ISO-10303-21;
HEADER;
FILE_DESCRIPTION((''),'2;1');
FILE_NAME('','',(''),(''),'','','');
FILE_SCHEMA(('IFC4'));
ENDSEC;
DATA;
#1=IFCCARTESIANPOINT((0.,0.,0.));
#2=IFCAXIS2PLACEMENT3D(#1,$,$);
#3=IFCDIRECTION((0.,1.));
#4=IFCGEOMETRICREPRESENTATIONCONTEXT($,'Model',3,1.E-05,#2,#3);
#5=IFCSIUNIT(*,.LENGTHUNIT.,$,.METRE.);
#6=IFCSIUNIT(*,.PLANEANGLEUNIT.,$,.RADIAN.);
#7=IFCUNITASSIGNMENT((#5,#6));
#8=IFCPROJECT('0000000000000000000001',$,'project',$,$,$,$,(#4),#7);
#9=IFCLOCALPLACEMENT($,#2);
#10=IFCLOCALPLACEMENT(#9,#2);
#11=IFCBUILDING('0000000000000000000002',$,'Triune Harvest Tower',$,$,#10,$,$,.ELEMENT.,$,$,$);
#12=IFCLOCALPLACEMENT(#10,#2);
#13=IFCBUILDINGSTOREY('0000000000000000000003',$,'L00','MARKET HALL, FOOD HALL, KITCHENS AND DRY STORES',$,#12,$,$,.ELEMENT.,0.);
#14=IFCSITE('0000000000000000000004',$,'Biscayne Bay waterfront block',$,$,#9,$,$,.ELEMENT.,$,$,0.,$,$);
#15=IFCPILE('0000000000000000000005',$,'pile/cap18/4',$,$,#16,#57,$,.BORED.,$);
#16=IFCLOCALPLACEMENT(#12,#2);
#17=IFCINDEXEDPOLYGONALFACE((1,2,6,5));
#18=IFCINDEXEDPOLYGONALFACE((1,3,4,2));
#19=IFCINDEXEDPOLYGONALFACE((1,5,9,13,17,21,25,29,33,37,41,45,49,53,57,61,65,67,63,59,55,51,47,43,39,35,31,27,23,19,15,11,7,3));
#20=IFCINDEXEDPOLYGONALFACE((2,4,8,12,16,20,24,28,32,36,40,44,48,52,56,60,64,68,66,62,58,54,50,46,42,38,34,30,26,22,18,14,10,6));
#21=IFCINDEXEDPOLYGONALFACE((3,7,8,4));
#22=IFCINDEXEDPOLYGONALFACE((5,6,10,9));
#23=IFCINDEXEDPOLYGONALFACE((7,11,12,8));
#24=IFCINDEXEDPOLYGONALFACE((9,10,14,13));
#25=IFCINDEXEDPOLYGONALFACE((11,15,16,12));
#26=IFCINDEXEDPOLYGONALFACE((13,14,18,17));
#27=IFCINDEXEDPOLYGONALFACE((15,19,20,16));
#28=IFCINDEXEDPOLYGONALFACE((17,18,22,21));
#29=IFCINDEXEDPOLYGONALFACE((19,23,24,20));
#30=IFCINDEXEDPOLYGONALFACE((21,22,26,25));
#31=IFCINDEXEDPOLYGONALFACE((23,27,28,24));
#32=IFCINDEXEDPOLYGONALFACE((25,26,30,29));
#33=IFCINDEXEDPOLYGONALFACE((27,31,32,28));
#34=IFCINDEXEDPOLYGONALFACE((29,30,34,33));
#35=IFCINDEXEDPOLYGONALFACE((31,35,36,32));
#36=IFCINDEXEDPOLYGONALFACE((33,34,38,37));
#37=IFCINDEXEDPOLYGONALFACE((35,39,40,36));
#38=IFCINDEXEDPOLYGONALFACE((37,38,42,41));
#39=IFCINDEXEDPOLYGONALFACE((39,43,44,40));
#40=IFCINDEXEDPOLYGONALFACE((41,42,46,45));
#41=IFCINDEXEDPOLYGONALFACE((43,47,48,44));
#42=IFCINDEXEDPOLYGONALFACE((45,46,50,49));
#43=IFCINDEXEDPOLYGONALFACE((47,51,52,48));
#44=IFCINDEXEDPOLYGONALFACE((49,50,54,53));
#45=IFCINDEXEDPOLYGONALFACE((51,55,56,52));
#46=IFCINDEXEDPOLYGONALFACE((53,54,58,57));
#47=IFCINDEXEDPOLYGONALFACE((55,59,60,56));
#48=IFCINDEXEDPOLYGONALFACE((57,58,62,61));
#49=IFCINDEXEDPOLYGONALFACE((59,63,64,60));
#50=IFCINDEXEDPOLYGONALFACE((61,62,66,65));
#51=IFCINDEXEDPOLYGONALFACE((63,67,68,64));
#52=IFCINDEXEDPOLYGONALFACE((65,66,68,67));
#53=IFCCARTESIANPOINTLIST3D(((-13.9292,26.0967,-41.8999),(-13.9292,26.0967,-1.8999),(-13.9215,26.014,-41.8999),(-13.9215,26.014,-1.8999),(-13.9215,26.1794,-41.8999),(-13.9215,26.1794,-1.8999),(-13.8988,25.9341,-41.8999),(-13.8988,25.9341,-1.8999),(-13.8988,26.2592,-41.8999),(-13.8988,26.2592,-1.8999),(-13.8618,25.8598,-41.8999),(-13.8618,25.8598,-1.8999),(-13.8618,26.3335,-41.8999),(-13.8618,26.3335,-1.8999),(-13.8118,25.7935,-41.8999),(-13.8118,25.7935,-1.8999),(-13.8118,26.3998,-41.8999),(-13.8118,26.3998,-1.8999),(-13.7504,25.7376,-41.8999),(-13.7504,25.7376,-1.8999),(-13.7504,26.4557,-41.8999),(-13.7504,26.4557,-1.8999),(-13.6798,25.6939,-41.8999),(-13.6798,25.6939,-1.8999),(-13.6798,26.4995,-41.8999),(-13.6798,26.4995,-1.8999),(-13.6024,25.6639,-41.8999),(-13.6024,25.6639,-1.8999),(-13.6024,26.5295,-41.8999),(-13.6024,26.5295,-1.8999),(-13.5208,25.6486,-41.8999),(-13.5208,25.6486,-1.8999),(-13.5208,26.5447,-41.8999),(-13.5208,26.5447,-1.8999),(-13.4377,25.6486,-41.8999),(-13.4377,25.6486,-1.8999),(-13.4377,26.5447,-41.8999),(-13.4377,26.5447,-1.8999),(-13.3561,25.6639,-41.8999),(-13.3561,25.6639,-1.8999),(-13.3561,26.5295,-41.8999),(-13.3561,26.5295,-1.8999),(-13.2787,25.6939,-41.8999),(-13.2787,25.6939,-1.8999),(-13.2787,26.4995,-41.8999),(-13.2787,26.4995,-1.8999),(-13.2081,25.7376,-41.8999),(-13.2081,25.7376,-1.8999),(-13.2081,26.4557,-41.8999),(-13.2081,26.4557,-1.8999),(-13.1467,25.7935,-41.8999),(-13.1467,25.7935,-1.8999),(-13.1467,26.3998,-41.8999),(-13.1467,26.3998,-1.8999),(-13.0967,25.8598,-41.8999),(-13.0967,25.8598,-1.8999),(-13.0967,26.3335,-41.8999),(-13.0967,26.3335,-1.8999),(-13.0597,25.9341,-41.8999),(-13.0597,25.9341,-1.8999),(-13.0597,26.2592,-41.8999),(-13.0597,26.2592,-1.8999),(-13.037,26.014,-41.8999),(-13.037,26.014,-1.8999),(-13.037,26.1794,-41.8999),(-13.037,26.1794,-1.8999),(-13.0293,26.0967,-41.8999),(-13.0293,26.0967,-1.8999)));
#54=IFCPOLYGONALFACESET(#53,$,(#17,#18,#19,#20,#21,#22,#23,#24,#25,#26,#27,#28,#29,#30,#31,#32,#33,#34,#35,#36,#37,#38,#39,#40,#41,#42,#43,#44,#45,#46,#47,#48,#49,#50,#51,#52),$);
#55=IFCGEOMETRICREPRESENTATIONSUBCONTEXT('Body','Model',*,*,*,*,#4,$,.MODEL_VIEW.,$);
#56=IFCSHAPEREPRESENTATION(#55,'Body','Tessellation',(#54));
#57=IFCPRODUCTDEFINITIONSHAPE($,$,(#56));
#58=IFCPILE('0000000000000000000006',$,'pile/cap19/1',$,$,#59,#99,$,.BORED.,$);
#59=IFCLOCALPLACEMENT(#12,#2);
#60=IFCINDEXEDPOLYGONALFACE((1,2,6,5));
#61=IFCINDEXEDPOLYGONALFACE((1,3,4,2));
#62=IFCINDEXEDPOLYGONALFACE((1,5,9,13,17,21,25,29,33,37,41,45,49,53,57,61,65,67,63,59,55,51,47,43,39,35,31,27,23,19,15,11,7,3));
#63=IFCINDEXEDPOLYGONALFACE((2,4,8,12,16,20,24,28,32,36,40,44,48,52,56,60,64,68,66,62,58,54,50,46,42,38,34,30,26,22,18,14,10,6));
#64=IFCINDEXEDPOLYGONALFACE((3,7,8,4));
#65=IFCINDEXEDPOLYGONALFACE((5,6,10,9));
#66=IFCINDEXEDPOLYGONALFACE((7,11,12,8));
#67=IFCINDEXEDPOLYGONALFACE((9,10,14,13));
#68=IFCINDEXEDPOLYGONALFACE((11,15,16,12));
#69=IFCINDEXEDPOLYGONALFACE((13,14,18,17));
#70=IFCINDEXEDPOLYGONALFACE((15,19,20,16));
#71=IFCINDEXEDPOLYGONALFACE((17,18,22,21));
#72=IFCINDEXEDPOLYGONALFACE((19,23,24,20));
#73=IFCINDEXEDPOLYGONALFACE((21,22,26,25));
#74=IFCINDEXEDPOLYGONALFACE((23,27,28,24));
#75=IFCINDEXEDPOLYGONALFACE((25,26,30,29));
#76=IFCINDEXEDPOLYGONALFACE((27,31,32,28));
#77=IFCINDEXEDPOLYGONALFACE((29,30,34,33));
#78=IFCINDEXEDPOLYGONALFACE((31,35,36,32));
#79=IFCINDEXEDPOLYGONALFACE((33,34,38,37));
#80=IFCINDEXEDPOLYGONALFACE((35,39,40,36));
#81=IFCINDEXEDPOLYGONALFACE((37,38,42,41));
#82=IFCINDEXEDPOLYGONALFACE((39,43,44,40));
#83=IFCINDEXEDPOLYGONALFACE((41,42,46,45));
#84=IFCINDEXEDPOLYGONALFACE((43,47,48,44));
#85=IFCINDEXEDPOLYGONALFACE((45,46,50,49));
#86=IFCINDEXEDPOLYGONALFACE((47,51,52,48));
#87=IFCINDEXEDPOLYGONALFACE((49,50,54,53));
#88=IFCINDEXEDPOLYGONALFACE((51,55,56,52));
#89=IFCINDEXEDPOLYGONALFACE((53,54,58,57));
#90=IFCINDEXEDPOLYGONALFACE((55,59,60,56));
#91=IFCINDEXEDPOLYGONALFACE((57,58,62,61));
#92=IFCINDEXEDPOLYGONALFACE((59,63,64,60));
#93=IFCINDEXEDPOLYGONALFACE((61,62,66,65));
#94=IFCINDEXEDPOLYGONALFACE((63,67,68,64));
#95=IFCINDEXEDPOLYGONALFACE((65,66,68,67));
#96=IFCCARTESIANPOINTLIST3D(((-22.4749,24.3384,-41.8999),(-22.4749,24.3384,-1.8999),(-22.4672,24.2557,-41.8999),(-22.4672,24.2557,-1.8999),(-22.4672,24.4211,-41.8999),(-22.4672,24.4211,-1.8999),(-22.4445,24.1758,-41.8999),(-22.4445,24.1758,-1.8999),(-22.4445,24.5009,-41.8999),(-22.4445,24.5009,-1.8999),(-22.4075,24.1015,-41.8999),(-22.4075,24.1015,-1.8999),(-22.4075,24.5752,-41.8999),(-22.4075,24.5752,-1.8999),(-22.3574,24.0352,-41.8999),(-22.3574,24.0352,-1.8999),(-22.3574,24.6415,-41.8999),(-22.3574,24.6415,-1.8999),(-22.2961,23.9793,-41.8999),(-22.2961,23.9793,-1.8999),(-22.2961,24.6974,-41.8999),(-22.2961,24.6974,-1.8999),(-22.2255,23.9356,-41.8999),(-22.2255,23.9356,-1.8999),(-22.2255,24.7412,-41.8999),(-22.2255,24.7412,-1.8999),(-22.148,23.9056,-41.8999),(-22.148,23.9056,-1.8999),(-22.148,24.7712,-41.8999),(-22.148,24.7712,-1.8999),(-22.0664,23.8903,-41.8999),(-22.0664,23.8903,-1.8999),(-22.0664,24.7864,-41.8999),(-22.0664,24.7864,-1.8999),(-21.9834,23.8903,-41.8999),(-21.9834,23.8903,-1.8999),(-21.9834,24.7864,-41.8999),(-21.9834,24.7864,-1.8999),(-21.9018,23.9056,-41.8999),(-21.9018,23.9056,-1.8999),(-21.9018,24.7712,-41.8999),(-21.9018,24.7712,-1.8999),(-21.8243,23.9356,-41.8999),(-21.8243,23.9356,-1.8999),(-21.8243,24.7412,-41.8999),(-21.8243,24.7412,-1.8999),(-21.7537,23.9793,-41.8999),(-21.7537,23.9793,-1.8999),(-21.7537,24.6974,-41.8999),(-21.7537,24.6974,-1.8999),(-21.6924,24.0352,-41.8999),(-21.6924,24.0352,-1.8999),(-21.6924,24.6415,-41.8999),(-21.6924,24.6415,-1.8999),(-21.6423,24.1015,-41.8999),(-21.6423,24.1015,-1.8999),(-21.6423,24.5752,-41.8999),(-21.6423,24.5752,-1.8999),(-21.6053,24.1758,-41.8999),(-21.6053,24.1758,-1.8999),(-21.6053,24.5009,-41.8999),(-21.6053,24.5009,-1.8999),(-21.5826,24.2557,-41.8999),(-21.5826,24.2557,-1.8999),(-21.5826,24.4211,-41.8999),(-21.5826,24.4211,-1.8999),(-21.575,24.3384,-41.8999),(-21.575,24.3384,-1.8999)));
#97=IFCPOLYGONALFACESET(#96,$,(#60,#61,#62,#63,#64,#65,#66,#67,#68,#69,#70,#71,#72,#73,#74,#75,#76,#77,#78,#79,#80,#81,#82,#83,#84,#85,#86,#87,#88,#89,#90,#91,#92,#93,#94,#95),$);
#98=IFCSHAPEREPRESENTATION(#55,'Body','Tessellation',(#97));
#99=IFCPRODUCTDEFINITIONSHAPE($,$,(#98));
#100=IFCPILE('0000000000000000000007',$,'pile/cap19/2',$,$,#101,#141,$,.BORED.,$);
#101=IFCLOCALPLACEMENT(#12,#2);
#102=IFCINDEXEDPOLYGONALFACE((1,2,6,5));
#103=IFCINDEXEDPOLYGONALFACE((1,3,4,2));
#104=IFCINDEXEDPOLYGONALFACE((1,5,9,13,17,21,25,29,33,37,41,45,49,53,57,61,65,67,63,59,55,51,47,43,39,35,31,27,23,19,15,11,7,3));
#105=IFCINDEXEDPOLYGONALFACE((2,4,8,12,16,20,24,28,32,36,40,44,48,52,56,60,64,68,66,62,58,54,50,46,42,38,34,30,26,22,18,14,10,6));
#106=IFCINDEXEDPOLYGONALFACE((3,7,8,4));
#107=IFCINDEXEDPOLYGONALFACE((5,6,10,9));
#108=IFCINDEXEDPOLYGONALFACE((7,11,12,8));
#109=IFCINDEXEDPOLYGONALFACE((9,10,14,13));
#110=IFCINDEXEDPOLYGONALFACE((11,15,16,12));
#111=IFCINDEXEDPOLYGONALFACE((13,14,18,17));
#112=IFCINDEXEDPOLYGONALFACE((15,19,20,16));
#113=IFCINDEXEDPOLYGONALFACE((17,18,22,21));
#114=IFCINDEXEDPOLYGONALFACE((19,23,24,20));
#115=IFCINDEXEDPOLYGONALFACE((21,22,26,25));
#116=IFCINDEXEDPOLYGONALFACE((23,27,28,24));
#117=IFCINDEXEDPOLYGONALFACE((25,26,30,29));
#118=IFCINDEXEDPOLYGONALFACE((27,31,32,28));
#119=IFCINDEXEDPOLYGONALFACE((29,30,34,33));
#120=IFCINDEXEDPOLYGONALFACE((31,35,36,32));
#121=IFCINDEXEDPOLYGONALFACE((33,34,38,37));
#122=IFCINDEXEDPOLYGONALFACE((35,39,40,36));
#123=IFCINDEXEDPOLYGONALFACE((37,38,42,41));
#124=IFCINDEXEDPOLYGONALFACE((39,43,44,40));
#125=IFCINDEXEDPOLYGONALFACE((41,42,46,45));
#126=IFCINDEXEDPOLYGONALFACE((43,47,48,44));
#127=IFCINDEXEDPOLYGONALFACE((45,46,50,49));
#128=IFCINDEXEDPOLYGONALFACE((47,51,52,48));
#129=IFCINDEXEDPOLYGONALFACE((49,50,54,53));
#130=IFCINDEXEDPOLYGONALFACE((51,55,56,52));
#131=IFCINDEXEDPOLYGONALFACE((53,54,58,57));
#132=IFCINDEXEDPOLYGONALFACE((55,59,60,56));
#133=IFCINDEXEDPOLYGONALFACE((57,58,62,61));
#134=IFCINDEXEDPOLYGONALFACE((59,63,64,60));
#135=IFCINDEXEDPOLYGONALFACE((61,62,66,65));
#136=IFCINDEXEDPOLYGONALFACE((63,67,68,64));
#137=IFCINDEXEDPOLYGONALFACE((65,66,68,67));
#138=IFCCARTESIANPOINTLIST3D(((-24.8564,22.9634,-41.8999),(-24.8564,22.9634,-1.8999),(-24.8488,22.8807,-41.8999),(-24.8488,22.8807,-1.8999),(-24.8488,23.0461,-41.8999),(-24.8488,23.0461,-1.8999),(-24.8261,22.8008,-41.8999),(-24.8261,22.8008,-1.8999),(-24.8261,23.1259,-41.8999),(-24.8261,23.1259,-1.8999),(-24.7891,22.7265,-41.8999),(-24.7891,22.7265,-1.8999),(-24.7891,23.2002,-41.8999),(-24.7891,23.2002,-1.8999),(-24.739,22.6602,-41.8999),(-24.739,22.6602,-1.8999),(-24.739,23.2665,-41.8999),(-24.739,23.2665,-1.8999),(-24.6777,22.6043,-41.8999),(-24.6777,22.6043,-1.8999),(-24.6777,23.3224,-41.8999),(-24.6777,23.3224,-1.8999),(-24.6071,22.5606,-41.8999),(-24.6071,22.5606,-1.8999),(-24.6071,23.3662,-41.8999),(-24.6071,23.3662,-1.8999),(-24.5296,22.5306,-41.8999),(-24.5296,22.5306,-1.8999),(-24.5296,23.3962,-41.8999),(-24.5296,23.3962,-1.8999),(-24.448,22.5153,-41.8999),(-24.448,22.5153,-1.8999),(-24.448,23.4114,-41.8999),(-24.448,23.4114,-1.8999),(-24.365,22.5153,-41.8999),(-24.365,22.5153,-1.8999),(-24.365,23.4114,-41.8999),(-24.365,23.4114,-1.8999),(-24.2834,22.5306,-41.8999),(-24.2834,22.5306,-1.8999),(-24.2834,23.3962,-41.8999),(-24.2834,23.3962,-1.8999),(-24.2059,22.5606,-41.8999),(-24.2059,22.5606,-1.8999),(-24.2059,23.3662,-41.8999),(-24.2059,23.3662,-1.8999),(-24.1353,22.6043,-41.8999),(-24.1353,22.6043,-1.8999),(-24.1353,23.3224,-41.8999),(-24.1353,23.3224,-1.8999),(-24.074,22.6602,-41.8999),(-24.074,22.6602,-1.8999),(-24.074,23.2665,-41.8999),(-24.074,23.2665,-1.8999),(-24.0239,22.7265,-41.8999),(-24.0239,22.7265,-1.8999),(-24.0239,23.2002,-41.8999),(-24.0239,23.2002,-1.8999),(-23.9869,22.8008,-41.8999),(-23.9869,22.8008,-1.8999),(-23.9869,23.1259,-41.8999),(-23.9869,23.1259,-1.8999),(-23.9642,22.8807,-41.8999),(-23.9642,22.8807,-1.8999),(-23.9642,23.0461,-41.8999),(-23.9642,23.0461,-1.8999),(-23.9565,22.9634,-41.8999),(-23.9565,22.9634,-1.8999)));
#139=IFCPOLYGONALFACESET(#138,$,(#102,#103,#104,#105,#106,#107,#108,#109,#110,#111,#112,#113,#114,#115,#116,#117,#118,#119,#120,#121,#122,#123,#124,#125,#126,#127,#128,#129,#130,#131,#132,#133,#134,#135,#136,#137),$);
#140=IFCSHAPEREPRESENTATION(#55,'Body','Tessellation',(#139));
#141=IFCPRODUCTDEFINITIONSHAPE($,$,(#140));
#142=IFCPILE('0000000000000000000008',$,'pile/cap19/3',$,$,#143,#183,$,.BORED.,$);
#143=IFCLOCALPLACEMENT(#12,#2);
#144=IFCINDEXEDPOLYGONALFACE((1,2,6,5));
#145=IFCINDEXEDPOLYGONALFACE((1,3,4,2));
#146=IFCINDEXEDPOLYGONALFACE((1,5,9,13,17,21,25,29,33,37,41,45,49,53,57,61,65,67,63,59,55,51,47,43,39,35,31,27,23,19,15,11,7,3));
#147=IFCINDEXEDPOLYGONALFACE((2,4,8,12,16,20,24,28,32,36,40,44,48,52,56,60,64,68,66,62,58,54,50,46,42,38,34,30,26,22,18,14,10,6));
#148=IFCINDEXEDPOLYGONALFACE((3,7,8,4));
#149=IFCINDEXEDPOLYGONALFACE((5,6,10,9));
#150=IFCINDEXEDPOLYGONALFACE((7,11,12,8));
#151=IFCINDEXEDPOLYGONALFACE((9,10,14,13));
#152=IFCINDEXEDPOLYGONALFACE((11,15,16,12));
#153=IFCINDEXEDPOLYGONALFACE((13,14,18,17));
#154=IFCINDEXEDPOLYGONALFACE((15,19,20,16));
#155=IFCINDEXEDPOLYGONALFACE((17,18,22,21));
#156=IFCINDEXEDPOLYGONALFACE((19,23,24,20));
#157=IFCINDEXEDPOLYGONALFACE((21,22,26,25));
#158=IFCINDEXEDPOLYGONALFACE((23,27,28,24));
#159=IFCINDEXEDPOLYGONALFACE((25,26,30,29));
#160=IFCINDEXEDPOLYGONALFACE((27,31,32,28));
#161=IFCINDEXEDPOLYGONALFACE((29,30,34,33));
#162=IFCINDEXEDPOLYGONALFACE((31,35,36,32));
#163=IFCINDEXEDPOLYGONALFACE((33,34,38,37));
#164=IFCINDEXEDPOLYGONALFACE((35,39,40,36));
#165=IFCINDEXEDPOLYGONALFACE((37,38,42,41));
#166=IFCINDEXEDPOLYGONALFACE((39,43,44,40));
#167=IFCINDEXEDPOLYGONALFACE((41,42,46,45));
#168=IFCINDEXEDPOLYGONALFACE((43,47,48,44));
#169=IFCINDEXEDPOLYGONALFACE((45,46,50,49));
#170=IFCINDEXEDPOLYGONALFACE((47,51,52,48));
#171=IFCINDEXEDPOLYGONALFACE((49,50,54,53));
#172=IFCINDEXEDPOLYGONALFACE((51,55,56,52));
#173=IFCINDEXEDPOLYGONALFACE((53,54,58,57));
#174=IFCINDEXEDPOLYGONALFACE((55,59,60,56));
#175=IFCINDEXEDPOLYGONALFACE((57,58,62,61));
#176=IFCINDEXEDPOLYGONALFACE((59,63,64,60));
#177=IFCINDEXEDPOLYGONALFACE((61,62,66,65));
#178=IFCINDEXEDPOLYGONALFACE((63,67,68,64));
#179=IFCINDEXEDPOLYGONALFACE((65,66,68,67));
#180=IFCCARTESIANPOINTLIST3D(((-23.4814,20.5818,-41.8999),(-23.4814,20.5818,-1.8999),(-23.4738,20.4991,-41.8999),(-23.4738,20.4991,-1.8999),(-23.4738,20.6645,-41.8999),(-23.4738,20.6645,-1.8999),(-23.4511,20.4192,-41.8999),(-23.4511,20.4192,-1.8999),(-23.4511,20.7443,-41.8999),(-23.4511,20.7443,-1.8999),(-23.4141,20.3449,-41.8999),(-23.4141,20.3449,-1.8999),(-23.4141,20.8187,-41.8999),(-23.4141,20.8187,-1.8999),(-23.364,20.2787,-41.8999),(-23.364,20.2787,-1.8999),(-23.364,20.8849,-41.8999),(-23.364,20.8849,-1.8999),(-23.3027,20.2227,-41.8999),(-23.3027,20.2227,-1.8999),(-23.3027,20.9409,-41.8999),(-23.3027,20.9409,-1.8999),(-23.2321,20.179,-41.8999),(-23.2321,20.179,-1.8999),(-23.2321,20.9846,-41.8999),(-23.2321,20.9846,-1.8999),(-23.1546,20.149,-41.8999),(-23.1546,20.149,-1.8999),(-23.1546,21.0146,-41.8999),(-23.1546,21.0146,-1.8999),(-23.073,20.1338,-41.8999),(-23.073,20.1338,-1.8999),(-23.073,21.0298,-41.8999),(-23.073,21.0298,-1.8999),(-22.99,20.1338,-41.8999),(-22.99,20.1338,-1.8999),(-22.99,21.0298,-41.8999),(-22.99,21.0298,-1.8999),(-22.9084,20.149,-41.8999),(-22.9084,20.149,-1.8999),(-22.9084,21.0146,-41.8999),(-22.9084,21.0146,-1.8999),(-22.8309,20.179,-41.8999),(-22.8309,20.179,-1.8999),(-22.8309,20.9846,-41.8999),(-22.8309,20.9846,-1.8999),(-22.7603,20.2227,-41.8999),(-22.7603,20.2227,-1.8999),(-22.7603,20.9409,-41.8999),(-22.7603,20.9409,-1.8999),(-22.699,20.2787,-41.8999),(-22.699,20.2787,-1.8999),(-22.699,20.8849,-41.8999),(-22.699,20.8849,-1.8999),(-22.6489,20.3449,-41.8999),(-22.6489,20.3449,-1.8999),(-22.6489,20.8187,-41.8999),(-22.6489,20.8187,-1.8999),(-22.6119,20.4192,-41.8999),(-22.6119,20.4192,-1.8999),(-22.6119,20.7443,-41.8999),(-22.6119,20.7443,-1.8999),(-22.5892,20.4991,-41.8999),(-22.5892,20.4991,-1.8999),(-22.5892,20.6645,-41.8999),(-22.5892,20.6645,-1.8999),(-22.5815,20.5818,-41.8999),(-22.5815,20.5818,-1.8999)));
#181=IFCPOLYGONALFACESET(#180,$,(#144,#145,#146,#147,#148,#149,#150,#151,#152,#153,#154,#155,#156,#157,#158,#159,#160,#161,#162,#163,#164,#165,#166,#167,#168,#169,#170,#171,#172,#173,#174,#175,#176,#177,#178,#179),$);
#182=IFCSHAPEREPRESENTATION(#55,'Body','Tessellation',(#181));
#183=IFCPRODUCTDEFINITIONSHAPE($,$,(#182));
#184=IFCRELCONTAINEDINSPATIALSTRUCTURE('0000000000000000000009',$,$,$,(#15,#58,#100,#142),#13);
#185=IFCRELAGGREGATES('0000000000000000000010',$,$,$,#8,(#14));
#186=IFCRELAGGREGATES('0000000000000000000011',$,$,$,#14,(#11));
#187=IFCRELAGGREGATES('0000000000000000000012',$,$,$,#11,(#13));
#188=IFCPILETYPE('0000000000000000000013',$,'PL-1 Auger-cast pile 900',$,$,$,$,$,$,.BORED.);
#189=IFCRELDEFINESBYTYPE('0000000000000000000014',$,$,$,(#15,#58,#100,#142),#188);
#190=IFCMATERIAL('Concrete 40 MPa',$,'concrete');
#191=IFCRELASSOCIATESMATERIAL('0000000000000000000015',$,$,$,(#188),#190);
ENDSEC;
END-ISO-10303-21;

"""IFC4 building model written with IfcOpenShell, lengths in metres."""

from ifc_helpers import new_model, si_unit, direction, frame, origin, origin_2d, place, context, subcontext, project, spatial, circle, extrude, source, transform, mapped, material, material_profile, profile_set, type_object, element, save


model = new_model("IFC4")

# Units and contexts
model_context = context("Model", 3, precision=1e-05, world=origin(), true_north=direction((0.0, 1.0)))
body_context = subcontext(model_context, "Body", "Model", "MODEL_VIEW")
ifc_project = project(units=[si_unit("LENGTHUNIT", "METRE"), si_unit("PLANEANGLEUNIT", "RADIAN")], contexts=[model_context])

# Site, building, storey
site_placement = place(None, origin())
site = spatial("IfcSite", under=ifc_project, at=site_placement, Name="Biscayne Bay waterfront block", CompositionType="ELEMENT", RefElevation=0.0)
building_placement = place(site_placement, origin())
building = spatial("IfcBuilding", under=site, at=building_placement, Name="Triune Harvest Tower", CompositionType="ELEMENT")
storey_placement = place(building_placement, origin())
storey = spatial("IfcBuildingStorey", under=building, at=storey_placement, Name="L00", Description="MARKET HALL, FOOD HALL, KITCHENS AND DRY STORES", CompositionType="ELEMENT", Elevation=0.0)

# Piles
ifc_material_1 = material(Name="Concrete 40 MPa", Category="concrete")
ifc_material_profile_1 = material_profile(ifc_material_1, circle(Radius=0.45, at=origin_2d()), Name="Bored 900")
ifc_profile_set_1 = profile_set([ifc_material_profile_1], Name="Concrete 40 MPa")
pile_type = type_object("IfcPileType", Name="PL-1 Auger-cast pile 900", PredefinedType="BORED", material=ifc_profile_set_1)
shared_shape_1 = source(origin(), body_context, "Body", "SweptSolid", [
    extrude(circle(Radius=0.45, at=origin_2d()), origin(), (0.0, 0.0, 1.0), 40.0),
])
for number, where, z_axis, x_axis, name in (
    (1, (-13.4792, 26.0967, -1.8999), (0.0, 0.0, -1.0), (1.0, 0.0, 0.0), "pile/cap18/4"),
    (2, (-22.0249, 24.3384, -1.8999), (0.0, 0.0, -1.0), (1.0, 0.0, 0.0), "pile/cap19/1"),
    (3, (-24.4065, 22.9634, -1.8999), (0.0, 0.0, -1.0), (1.0, 0.0, 0.0), "pile/cap19/2"),
    (4, (-23.0315, 20.5818, -1.8999), (0.0, 0.0, -1.0), (1.0, 0.0, 0.0), "pile/cap19/3"),
):
    element("IfcPile", number, at=place(storey_placement, frame(where, z_axis=z_axis, x_axis=x_axis)), inside=storey, type_object=pile_type, Name=name, PredefinedType="BORED", context=body_context, shape_type="MappedRepresentation", body=[
        mapped(shared_shape_1, transform((0.0, 0.0, 0.0), scale=1.0)),
    ])

save(model, "model.ifc")
